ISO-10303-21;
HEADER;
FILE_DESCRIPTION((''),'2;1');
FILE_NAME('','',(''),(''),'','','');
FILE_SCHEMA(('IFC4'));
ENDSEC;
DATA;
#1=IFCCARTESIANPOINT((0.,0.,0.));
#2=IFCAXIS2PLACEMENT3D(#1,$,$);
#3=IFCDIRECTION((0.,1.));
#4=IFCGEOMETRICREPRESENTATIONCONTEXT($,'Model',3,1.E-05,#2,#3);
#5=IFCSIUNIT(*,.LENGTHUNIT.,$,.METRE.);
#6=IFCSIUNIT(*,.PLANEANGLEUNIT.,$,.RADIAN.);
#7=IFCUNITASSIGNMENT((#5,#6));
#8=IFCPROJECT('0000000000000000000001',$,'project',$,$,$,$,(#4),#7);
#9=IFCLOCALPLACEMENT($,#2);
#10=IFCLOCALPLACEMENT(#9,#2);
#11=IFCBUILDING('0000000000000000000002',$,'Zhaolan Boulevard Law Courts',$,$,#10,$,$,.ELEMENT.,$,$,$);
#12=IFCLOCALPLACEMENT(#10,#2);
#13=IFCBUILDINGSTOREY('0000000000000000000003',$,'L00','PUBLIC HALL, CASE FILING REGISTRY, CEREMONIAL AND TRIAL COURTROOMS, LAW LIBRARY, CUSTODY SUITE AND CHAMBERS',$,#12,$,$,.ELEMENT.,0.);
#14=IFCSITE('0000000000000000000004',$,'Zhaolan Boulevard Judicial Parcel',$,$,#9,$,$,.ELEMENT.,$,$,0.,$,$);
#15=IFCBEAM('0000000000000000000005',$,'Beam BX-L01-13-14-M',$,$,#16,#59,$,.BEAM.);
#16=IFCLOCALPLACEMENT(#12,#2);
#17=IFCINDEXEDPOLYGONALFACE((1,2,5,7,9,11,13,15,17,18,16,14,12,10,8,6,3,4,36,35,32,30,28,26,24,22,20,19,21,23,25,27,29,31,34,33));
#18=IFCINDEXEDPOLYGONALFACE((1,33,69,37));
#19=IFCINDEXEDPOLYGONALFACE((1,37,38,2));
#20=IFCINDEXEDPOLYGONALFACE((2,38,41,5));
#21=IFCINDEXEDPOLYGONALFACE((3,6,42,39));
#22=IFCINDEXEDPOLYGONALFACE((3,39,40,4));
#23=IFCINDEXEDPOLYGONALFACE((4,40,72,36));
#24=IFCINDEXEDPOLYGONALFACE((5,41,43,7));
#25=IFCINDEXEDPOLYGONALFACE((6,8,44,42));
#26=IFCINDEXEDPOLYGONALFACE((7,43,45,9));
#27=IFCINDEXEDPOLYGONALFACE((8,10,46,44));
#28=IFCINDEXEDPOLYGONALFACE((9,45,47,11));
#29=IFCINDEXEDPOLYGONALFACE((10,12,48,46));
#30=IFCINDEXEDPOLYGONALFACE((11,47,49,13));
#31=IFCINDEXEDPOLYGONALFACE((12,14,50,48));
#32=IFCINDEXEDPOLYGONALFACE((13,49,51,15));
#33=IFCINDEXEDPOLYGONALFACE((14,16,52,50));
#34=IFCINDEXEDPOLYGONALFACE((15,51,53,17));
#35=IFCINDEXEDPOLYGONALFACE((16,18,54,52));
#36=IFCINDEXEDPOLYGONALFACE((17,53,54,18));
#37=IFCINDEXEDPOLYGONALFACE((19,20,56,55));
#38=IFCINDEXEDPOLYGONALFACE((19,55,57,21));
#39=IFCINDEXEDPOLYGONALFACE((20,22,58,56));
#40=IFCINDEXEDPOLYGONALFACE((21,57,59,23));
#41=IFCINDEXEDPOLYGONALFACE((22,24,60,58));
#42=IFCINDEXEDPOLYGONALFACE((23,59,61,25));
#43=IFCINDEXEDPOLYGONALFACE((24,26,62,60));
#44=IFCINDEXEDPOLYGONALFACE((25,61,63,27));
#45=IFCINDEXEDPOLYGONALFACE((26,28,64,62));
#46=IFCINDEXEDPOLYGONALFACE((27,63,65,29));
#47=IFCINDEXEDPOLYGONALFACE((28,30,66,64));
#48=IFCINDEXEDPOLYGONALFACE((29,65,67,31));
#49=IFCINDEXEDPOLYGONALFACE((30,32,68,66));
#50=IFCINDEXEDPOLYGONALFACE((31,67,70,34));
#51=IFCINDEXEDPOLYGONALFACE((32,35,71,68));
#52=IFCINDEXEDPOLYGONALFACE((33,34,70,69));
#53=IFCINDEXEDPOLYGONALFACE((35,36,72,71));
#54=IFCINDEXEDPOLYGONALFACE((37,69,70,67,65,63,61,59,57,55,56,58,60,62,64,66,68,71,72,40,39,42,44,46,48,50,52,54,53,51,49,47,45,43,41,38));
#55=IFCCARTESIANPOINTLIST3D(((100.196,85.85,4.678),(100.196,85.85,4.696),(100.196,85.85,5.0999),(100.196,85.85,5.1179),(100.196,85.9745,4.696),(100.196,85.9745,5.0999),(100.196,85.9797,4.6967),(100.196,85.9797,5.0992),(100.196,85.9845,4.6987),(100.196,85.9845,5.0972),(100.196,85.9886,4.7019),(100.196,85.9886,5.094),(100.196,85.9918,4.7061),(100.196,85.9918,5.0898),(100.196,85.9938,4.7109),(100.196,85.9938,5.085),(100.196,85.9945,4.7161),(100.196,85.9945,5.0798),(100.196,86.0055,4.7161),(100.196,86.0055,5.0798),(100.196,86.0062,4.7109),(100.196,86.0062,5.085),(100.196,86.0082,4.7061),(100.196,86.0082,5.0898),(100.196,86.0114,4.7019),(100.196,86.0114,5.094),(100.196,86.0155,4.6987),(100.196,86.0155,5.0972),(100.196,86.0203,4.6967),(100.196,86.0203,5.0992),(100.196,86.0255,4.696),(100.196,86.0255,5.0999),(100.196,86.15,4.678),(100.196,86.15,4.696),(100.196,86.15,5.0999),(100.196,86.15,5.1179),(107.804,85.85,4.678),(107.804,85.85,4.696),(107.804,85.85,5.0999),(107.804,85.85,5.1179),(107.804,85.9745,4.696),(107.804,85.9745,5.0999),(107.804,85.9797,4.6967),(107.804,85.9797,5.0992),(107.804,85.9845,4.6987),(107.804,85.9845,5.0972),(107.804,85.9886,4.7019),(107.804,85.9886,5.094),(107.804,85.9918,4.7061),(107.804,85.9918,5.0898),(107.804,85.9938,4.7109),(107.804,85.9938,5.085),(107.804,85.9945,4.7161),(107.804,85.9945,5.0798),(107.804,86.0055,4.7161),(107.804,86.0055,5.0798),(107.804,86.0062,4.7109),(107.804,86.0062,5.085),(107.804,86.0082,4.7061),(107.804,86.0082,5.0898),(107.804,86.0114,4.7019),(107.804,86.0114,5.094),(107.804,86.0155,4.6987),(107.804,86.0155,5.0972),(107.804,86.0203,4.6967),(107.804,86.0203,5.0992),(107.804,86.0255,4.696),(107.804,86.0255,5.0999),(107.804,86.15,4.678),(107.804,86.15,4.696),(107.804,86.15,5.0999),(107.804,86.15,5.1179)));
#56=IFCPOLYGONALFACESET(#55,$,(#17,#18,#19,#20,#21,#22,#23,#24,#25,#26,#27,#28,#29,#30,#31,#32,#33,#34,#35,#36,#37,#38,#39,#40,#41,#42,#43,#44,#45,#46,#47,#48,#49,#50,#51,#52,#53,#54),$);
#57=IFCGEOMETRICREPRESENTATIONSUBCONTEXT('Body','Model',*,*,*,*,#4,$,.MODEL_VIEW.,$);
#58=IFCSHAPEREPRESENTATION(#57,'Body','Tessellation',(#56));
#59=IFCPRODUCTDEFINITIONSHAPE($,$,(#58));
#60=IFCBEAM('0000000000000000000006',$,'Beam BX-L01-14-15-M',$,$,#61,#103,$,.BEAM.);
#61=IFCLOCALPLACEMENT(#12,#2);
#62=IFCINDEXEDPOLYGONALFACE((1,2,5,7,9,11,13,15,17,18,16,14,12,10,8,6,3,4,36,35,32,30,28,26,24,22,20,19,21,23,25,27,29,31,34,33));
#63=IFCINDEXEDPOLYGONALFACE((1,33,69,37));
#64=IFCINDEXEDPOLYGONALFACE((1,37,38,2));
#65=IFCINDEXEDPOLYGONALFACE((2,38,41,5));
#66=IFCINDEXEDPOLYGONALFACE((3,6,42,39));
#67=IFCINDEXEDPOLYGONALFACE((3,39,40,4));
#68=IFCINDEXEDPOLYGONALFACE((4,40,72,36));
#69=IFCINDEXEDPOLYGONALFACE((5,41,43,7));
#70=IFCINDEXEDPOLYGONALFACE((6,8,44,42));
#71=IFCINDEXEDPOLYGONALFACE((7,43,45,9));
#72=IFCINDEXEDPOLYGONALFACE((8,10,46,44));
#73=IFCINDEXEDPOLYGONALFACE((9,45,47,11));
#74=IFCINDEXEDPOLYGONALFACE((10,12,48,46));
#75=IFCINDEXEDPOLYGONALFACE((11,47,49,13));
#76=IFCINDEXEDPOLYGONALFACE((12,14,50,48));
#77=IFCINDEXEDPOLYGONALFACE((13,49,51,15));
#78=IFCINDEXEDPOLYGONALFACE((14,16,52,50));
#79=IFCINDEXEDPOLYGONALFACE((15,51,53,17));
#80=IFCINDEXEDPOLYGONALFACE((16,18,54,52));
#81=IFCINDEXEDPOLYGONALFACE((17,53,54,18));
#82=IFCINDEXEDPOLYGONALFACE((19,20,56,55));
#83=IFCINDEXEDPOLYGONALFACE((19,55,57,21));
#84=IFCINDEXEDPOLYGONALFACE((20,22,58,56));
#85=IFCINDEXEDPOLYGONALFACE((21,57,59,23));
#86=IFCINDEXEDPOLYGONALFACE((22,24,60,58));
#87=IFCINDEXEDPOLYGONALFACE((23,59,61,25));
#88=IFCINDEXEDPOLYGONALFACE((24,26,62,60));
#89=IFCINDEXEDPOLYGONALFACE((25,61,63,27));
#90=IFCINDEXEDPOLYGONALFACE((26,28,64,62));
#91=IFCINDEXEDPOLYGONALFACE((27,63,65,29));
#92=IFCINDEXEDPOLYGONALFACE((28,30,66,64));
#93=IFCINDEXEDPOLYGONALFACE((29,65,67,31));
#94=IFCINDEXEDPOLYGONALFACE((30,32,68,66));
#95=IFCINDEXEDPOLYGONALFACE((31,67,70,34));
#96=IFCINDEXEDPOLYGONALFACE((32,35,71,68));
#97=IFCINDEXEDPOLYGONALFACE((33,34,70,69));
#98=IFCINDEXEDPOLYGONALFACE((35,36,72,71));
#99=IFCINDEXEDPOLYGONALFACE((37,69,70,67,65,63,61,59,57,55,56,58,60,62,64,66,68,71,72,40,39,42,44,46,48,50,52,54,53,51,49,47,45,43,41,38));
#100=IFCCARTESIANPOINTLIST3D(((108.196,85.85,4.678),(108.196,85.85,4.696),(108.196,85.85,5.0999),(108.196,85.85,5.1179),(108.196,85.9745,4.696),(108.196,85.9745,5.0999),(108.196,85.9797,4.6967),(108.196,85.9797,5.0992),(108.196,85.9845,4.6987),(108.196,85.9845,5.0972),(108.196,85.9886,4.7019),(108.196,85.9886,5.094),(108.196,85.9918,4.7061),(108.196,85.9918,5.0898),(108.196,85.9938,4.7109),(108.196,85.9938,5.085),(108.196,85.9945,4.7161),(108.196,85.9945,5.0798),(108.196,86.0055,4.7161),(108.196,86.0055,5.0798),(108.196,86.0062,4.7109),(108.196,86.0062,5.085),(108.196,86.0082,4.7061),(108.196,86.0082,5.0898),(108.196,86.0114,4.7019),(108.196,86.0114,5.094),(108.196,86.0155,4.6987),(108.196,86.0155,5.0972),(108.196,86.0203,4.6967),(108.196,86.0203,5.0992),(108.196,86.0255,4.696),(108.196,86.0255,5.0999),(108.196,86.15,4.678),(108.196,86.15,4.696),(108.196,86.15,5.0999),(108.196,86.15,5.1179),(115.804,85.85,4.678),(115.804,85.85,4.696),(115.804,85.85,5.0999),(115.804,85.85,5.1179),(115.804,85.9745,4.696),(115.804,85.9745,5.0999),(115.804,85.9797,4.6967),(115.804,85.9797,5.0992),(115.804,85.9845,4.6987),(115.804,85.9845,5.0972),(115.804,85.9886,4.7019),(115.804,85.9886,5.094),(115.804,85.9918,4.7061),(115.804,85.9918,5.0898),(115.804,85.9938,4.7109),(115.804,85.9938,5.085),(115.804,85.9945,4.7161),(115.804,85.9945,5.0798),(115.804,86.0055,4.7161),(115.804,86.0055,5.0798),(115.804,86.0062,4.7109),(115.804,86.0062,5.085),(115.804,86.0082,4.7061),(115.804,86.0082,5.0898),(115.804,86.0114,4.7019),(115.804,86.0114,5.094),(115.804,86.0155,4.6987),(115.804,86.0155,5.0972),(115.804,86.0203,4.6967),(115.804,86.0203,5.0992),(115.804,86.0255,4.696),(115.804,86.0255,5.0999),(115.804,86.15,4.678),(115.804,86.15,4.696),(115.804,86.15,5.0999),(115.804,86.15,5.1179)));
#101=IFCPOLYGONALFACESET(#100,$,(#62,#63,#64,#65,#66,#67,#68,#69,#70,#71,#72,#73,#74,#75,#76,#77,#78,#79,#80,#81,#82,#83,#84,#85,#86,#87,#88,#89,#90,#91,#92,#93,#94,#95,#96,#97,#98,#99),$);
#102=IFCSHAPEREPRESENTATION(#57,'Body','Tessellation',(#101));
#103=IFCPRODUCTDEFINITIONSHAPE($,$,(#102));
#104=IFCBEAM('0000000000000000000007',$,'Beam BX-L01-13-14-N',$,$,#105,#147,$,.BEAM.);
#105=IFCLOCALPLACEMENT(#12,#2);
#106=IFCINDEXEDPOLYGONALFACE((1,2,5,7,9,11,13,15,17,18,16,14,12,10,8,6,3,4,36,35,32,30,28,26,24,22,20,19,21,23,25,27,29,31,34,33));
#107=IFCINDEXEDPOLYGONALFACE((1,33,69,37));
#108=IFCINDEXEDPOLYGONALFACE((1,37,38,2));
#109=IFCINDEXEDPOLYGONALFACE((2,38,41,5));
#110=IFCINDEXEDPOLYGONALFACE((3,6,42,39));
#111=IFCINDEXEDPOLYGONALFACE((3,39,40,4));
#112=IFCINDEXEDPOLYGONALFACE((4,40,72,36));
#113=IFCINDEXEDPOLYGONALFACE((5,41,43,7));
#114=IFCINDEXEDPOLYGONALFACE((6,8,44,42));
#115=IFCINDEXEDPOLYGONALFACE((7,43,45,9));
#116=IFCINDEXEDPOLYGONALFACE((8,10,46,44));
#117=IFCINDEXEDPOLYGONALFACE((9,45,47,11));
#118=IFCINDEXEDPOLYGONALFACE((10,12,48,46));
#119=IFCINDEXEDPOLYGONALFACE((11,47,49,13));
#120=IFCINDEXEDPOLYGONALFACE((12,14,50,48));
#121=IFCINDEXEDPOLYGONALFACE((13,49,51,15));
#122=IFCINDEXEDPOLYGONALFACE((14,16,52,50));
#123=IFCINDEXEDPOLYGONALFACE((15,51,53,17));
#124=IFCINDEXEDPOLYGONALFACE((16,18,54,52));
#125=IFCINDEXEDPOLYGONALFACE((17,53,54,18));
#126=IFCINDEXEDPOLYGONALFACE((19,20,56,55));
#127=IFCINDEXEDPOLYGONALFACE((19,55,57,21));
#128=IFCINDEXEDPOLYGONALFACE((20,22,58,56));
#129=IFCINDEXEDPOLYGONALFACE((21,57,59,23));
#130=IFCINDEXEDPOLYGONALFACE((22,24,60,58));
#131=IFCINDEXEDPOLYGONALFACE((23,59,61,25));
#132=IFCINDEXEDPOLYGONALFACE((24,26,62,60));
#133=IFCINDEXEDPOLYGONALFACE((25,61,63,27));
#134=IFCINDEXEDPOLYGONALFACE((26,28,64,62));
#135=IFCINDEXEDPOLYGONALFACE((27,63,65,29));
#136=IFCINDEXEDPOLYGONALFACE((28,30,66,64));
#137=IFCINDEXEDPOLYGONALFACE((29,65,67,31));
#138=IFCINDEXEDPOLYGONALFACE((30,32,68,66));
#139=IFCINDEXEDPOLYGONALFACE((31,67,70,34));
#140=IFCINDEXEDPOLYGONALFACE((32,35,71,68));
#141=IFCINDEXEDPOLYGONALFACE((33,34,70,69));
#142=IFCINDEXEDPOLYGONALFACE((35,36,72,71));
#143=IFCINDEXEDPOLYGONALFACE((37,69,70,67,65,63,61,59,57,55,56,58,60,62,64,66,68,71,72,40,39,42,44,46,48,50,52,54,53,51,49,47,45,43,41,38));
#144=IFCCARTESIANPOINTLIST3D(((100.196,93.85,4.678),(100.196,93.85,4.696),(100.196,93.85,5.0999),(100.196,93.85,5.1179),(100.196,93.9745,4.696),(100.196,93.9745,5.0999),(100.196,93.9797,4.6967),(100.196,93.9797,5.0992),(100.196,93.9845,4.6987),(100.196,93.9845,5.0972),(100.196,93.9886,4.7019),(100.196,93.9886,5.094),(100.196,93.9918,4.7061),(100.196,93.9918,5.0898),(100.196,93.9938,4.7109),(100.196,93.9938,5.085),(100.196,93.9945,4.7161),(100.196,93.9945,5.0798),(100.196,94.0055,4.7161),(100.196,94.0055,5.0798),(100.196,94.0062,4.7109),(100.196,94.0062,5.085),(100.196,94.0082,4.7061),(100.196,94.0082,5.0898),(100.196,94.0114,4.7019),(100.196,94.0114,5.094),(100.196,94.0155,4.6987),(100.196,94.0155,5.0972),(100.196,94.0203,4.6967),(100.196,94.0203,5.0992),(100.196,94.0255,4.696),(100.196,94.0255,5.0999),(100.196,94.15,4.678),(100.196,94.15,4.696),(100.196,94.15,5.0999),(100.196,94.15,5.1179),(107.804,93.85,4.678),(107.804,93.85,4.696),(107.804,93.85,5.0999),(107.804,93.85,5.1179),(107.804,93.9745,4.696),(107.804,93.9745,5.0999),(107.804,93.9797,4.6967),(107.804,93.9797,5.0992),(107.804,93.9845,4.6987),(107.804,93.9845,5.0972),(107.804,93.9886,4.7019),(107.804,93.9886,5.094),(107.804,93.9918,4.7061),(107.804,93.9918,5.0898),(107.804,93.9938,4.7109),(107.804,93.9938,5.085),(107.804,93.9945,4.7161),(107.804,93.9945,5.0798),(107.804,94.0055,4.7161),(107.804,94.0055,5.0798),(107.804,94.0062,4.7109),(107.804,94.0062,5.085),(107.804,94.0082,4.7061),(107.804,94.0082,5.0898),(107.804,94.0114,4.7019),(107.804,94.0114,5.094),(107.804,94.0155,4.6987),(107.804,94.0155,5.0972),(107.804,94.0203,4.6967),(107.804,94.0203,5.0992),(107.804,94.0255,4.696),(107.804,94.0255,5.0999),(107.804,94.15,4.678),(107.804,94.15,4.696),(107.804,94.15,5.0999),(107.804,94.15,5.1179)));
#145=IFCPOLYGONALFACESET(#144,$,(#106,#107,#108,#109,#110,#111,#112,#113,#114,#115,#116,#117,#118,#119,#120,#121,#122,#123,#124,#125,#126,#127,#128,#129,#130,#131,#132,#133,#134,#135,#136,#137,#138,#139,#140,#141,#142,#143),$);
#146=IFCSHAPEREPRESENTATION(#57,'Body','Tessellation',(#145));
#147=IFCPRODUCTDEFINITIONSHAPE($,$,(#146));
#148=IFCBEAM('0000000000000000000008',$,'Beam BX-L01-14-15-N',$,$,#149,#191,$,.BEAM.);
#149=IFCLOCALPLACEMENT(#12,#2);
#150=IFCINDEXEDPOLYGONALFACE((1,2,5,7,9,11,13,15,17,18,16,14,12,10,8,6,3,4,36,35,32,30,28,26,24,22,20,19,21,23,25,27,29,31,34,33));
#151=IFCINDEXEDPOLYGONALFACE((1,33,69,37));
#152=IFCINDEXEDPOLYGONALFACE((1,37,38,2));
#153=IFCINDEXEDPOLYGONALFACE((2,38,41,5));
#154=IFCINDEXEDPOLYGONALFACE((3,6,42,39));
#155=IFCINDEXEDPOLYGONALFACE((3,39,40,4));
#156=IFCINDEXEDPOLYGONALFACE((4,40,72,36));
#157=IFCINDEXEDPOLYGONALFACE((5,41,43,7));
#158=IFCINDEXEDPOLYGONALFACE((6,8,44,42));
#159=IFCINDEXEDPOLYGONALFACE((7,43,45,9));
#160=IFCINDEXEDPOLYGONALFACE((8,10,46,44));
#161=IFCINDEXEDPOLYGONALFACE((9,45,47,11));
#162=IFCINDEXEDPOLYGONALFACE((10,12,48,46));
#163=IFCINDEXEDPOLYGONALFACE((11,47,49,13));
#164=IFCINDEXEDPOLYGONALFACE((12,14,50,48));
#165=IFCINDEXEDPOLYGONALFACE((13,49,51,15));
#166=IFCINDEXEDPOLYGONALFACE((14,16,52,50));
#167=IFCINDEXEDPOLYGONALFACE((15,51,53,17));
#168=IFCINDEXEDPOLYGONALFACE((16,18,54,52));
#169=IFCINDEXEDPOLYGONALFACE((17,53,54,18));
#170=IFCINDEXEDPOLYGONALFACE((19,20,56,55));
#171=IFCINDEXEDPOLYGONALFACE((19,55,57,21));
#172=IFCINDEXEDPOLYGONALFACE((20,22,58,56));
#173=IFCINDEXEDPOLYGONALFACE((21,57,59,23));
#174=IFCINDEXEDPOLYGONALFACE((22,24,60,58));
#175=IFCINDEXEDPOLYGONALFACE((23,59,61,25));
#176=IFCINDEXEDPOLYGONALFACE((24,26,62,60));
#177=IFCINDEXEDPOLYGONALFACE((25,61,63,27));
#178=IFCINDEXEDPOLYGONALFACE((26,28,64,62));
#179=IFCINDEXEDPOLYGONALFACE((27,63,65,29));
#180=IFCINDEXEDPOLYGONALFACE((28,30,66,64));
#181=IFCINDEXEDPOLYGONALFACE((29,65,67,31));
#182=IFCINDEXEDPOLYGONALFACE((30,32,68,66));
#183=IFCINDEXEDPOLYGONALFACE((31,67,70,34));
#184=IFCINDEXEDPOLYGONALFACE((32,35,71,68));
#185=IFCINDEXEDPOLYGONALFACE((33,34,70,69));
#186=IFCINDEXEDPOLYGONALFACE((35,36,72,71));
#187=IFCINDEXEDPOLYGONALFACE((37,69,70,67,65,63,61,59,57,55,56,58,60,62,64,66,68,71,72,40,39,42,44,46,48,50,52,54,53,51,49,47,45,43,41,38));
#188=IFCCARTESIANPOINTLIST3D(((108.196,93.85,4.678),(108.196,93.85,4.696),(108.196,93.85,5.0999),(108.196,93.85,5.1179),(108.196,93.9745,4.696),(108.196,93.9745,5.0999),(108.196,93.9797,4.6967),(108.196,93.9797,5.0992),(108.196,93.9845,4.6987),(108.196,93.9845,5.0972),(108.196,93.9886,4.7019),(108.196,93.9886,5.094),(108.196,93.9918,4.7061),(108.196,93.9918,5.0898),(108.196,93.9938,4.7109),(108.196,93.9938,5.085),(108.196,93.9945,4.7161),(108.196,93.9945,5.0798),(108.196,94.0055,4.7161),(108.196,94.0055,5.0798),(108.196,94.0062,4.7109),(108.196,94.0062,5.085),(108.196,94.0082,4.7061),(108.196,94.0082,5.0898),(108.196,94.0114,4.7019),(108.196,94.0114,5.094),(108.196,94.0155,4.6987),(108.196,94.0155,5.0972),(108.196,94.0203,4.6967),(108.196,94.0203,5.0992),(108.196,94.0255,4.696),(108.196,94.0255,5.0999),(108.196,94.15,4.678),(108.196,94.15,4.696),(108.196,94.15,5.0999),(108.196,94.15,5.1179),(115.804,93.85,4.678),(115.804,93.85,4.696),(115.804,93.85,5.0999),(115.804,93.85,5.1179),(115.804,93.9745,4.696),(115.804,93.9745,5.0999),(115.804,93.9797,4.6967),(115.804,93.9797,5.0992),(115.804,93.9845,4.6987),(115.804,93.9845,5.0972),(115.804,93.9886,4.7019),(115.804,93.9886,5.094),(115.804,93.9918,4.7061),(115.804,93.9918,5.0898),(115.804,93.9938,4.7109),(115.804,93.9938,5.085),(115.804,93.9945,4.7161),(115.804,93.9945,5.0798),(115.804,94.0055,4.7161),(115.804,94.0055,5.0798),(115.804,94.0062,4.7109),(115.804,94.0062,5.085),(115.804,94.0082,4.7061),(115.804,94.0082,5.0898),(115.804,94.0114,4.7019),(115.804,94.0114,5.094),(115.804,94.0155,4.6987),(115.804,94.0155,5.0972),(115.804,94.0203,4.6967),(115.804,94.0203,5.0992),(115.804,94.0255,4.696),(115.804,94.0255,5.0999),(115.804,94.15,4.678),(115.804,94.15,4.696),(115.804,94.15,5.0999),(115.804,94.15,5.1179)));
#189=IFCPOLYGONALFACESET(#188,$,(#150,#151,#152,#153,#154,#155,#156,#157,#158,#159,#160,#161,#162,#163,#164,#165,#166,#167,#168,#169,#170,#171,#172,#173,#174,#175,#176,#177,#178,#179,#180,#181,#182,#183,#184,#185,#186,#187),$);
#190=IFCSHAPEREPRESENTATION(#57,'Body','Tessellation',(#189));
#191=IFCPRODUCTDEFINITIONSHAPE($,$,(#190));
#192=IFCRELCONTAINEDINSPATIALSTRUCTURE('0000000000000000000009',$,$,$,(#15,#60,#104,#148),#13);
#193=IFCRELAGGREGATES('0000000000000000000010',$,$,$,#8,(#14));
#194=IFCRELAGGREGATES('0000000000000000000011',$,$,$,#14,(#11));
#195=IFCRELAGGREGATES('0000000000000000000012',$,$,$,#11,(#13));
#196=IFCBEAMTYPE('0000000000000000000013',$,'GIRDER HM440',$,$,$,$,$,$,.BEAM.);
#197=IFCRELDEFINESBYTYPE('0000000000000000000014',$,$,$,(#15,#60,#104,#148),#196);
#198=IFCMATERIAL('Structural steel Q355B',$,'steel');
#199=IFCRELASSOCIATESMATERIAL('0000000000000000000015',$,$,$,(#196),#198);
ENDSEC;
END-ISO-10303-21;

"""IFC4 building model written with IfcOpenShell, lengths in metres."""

from ifc_helpers import new_model, si_unit, direction, frame, origin, origin_2d, place, context, subcontext, project, spatial, i_section, extrude, material, material_profile, profile_set, type_object, element, save


model = new_model("IFC4")

# Units and contexts
model_context = context("Model", 3, precision=1e-05, world=origin(), true_north=direction((0.0, 1.0)))
body_context = subcontext(model_context, "Body", "Model", "MODEL_VIEW")
ifc_project = project(units=[si_unit("LENGTHUNIT", "METRE"), si_unit("PLANEANGLEUNIT", "RADIAN")], contexts=[model_context])

# Site, building, storey
site_placement = place(None, origin())
site = spatial("IfcSite", under=ifc_project, at=site_placement, Name="Zhaolan Boulevard Judicial Parcel", CompositionType="ELEMENT", RefElevation=0.0)
building_placement = place(site_placement, origin())
building = spatial("IfcBuilding", under=site, at=building_placement, Name="Zhaolan Boulevard Law Courts", CompositionType="ELEMENT")
storey_placement = place(building_placement, origin())
storey = spatial("IfcBuildingStorey", under=building, at=storey_placement, Name="L00", Description="PUBLIC HALL, CASE FILING REGISTRY, CEREMONIAL AND TRIAL COURTROOMS, LAW LIBRARY, CUSTODY SUITE AND CHAMBERS", CompositionType="ELEMENT", Elevation=0.0)

# Beams
ifc_material_1 = material(Name="Structural steel Q355B", Category="steel")
ifc_material_profile_1 = material_profile(ifc_material_1, i_section(OverallWidth=0.3, OverallDepth=0.4399, WebThickness=0.011, FlangeThickness=0.0181, FilletRadius=0.02, at=origin_2d()), Name="HM440x300")
ifc_profile_set_1 = profile_set([ifc_material_profile_1], Name="Structural steel Q355B")
beam_type_1 = type_object("IfcBeamType", Name="GIRDER HM440", PredefinedType="BEAM", material=ifc_profile_set_1)
for number, where, z_axis, x_axis, name in (
    (1, (100.196, 86.0, 4.8979), (1.0, 0.0, 0.0), (0.0, 1.0, 0.0), "Beam BX-L01-13-14-M"),
    (2, (108.196, 86.0, 4.8979), (1.0, 0.0, 0.0), (0.0, 1.0, 0.0), "Beam BX-L01-14-15-M"),
    (3, (100.196, 94.0, 4.8979), (1.0, 0.0, 0.0), (0.0, 1.0, 0.0), "Beam BX-L01-13-14-N"),
    (4, (108.196, 94.0, 4.8979), (1.0, 0.0, 0.0), (0.0, 1.0, 0.0), "Beam BX-L01-14-15-N"),
):
    element("IfcBeam", number, at=place(storey_placement, frame(where, z_axis=z_axis, x_axis=x_axis)), inside=storey, type_object=beam_type_1, Name=name, PredefinedType="BEAM", context=body_context, shape_type="SweptSolid", body=[
        extrude(i_section(OverallWidth=0.3, OverallDepth=0.4399, WebThickness=0.011, FlangeThickness=0.0181, FilletRadius=0.02, at=origin_2d()), origin(), (0.0, 0.0, 1.0), 7.6079),
    ])

save(model, "model.ifc")
